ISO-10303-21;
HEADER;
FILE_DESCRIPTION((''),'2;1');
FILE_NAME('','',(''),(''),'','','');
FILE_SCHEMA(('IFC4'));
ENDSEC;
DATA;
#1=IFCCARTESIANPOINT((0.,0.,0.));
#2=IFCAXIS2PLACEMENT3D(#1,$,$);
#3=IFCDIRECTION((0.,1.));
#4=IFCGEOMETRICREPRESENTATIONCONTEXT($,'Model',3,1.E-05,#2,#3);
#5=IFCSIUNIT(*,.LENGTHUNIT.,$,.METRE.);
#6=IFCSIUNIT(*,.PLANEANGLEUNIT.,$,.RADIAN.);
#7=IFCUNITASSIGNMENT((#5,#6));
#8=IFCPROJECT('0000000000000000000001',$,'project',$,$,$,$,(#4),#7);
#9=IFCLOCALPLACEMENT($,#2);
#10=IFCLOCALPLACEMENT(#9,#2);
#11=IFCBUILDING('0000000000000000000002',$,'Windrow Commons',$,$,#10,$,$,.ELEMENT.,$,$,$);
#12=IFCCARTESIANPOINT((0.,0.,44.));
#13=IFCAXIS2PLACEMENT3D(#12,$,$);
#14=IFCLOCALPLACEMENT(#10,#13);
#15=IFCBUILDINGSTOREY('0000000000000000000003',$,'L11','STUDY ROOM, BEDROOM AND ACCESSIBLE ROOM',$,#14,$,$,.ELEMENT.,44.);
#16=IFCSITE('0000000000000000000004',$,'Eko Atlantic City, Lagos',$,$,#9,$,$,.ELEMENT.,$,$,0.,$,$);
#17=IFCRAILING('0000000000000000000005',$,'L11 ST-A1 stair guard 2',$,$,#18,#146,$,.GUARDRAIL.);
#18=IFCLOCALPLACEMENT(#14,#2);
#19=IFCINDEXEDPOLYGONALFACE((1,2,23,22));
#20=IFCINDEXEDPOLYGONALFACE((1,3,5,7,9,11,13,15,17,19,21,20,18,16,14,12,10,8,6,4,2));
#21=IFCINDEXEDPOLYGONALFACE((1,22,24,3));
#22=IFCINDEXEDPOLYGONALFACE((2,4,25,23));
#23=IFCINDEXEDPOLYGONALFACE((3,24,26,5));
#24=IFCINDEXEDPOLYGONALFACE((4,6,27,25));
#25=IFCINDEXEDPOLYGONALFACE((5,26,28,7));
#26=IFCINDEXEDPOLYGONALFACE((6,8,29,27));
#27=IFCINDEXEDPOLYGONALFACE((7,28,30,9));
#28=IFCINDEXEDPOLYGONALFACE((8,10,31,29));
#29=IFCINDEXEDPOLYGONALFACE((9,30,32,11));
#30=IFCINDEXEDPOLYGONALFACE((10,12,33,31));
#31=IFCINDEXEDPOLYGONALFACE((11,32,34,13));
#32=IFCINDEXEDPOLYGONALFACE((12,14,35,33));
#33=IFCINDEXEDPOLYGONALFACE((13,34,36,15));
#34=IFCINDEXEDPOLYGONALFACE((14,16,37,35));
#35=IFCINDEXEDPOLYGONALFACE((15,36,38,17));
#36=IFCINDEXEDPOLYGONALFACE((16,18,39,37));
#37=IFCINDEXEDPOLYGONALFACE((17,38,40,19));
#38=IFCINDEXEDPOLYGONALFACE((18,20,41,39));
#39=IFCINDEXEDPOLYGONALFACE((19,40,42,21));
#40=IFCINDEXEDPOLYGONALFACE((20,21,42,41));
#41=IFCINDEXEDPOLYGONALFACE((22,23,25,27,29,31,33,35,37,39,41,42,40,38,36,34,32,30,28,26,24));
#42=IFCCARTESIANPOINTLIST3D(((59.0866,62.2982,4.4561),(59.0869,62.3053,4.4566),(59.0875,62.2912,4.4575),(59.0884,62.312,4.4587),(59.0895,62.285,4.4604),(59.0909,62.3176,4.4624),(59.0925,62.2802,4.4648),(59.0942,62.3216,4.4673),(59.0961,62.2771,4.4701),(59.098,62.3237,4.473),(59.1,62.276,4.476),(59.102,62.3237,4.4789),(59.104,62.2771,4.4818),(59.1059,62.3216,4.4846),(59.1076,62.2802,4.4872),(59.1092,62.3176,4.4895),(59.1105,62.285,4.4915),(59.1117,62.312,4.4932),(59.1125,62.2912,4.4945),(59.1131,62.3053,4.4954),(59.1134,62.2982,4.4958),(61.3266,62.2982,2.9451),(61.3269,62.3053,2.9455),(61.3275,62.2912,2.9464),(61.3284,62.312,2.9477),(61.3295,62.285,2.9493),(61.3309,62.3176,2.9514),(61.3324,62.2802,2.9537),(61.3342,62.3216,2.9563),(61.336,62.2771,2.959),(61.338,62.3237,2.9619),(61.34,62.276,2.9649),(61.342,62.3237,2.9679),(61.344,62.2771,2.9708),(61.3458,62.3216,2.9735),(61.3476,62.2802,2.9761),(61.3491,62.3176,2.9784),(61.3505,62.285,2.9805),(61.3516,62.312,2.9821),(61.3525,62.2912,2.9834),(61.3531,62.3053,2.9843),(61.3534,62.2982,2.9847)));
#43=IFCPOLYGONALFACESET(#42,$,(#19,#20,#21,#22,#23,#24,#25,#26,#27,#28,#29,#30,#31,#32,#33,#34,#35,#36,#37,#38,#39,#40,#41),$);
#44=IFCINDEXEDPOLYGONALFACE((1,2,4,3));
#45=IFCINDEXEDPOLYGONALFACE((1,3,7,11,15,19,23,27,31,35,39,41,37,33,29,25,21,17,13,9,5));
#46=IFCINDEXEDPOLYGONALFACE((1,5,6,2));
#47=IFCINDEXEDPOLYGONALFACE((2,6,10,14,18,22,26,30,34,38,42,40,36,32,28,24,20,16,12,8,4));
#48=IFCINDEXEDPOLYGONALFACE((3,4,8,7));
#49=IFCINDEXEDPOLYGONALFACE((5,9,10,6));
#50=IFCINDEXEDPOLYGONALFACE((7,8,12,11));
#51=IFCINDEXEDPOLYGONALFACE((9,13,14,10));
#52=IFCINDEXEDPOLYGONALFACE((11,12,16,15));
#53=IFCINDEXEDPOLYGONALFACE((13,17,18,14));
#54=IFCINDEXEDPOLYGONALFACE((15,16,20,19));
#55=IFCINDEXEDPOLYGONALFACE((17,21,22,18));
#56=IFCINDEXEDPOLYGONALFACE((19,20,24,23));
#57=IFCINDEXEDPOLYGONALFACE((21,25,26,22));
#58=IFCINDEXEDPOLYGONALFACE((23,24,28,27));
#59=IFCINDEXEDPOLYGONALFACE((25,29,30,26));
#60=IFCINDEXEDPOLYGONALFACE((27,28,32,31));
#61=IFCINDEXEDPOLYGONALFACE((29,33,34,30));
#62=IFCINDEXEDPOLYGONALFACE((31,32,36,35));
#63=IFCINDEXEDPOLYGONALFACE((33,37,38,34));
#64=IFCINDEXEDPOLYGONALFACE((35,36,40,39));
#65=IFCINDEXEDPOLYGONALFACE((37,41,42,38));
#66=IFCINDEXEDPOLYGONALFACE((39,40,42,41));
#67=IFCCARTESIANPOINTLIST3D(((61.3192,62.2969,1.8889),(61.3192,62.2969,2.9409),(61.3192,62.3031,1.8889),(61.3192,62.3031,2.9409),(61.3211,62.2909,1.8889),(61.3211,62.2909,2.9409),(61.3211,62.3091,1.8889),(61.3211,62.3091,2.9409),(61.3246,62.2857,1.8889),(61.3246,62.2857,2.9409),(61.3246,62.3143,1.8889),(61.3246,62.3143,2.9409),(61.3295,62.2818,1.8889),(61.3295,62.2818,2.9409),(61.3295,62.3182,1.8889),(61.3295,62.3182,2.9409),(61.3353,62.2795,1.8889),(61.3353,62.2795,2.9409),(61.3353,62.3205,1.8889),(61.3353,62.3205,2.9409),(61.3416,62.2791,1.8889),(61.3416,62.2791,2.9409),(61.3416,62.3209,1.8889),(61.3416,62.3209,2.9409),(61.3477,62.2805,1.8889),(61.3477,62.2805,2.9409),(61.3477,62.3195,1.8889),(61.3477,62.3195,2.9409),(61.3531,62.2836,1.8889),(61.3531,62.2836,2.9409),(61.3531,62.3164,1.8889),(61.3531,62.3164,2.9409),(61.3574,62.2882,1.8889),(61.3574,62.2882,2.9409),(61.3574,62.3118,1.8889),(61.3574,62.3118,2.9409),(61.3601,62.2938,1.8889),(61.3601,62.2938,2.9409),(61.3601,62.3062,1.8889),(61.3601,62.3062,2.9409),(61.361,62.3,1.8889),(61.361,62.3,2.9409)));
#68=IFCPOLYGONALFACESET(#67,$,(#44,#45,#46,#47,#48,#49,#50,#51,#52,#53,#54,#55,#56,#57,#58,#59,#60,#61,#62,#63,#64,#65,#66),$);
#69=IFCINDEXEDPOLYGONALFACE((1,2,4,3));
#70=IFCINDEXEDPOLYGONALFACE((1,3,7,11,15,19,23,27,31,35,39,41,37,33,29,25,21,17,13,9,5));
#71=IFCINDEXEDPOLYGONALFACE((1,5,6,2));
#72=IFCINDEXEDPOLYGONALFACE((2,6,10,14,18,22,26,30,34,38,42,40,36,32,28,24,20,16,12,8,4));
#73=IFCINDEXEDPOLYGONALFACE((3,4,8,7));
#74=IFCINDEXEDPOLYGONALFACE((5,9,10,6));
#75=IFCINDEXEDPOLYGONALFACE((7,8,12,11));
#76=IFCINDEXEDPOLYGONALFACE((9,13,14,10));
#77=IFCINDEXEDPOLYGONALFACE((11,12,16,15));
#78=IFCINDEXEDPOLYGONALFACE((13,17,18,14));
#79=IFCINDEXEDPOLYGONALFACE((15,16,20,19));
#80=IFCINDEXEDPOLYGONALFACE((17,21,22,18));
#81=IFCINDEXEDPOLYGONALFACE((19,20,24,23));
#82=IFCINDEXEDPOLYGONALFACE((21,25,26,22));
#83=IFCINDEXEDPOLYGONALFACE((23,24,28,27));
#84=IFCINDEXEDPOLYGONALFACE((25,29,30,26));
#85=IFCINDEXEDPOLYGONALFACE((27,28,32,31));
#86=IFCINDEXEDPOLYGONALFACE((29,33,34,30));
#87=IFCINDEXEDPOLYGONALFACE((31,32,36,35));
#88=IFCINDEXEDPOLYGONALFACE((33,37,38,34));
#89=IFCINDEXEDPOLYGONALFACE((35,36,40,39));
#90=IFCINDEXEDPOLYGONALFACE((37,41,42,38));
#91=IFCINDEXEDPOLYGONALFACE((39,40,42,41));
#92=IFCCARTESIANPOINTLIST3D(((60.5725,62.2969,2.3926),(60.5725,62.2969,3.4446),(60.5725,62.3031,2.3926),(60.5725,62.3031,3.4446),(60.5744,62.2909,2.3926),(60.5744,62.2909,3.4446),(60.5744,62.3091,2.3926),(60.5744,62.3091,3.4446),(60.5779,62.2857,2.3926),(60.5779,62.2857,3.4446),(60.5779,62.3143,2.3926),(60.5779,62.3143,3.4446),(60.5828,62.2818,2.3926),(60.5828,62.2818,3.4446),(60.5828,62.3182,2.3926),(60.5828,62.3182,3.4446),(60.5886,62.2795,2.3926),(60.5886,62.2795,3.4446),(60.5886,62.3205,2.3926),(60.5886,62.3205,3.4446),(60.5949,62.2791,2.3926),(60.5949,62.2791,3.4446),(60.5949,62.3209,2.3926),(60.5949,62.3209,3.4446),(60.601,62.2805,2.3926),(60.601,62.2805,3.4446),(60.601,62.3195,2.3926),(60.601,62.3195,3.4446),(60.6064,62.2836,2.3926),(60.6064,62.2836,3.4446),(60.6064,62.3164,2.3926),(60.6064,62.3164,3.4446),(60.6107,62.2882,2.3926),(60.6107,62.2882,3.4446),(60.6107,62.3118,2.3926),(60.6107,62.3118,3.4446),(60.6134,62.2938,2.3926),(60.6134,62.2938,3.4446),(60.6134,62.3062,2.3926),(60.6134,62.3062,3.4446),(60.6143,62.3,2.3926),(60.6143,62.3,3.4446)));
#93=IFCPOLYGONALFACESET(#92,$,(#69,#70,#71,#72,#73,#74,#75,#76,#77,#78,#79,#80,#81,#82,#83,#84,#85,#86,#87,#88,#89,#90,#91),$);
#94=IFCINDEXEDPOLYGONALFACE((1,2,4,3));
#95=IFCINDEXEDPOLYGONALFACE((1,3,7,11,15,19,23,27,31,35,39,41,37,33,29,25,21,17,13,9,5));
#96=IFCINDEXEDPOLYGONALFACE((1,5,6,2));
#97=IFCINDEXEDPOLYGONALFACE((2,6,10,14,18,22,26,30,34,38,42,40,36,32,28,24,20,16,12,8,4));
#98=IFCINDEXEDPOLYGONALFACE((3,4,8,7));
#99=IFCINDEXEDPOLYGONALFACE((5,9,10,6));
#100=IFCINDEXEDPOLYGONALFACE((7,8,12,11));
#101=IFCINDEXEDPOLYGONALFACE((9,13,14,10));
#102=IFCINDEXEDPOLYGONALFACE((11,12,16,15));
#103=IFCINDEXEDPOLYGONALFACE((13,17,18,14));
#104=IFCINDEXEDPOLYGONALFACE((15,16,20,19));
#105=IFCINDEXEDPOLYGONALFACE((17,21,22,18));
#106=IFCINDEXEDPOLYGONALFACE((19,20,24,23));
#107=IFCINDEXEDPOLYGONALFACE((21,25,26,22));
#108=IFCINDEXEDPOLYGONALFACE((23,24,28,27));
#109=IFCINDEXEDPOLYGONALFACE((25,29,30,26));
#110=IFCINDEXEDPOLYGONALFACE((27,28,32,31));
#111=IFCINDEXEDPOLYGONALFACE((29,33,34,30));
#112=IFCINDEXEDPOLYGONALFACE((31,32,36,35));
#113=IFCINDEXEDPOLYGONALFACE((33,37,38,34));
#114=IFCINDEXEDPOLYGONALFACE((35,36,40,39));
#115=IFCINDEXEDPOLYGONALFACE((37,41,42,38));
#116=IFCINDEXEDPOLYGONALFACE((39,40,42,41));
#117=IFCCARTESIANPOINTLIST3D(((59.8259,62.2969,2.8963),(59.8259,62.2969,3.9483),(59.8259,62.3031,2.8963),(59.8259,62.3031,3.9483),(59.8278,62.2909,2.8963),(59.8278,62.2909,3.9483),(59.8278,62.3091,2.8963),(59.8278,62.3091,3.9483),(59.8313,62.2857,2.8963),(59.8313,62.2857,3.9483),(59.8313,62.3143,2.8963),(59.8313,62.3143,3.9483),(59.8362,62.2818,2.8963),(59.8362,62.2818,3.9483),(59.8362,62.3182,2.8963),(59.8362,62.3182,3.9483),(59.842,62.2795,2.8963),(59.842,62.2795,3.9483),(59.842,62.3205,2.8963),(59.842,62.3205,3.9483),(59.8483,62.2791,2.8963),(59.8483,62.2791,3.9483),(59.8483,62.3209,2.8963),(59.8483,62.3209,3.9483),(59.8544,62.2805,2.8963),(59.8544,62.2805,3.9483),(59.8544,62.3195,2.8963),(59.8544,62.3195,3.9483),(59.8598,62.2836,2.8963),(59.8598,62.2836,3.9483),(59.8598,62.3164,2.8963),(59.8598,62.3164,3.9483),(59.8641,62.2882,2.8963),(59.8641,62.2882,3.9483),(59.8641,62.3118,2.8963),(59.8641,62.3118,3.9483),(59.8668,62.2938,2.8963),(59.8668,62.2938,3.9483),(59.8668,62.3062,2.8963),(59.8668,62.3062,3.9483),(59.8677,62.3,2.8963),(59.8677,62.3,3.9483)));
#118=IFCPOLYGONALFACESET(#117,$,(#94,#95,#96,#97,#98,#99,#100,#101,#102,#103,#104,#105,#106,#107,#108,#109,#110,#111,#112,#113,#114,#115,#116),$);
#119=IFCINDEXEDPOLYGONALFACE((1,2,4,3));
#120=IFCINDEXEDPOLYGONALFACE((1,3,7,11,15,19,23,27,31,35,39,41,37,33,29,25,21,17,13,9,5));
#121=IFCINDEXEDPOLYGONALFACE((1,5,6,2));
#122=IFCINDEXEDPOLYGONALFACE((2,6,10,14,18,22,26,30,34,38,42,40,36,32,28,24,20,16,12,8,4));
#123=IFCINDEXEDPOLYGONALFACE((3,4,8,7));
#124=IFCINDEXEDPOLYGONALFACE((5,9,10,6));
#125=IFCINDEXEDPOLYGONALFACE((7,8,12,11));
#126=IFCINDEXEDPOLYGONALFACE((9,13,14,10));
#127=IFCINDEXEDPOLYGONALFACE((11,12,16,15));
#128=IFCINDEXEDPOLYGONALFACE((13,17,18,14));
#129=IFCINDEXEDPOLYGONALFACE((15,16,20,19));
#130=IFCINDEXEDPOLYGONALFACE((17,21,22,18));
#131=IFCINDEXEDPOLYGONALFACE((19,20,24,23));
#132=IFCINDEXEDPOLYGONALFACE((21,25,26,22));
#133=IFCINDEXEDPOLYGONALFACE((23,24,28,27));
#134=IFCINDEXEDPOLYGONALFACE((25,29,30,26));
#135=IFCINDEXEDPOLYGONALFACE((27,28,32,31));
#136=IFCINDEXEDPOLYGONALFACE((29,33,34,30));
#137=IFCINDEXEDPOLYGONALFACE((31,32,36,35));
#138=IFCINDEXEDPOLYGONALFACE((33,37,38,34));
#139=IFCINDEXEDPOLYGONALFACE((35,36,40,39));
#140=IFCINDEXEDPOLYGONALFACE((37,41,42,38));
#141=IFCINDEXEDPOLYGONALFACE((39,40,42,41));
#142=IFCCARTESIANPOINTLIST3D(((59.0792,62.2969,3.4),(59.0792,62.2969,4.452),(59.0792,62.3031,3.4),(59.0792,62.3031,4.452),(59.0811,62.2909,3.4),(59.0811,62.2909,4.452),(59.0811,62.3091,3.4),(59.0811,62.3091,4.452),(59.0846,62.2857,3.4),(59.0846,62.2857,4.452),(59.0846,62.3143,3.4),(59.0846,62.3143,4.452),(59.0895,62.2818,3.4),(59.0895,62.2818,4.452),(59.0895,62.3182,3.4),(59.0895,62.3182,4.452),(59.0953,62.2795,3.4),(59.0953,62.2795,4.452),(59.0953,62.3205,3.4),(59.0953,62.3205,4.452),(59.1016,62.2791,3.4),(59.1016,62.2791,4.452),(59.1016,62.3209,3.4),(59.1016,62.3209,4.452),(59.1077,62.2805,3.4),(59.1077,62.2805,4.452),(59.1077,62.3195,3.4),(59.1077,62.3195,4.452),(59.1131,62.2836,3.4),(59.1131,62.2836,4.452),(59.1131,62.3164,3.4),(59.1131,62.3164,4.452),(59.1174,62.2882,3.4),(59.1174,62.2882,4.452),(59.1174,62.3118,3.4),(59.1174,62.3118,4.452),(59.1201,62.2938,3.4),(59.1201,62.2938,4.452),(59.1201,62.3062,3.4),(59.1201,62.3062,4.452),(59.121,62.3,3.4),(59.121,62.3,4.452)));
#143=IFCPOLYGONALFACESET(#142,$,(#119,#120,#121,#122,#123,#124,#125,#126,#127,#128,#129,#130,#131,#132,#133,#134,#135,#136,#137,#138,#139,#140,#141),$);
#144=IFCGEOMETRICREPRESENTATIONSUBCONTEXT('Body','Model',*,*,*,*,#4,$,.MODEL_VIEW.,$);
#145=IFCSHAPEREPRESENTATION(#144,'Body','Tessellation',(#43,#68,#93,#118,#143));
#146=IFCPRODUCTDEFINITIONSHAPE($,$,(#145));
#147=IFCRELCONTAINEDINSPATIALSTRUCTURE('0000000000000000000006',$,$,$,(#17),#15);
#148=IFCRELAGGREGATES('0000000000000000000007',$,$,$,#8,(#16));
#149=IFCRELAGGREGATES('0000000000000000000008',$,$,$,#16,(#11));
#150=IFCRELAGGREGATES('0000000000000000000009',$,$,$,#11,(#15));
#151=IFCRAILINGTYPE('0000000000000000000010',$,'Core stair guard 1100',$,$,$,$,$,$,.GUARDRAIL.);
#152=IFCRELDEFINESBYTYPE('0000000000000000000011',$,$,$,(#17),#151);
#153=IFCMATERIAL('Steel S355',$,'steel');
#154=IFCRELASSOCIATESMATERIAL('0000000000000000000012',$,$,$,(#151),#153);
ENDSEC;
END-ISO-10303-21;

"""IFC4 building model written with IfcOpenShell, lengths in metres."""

from ifc_helpers import new_model, si_unit, direction, frame, origin, origin_2d, place, context, subcontext, project, spatial, circle, extrude, material, type_object, element, save


model = new_model("IFC4")

# Units and contexts
model_context = context("Model", 3, precision=1e-05, world=origin(), true_north=direction((0.0, 1.0)))
body_context = subcontext(model_context, "Body", "Model", "MODEL_VIEW")
ifc_project = project(units=[si_unit("LENGTHUNIT", "METRE"), si_unit("PLANEANGLEUNIT", "RADIAN")], contexts=[model_context])

# Site, building, storey
site_placement = place(None, origin())
site = spatial("IfcSite", under=ifc_project, at=site_placement, Name="Eko Atlantic City, Lagos", CompositionType="ELEMENT", RefElevation=0.0)
building_placement = place(site_placement, origin())
building = spatial("IfcBuilding", under=site, at=building_placement, Name="Windrow Commons", CompositionType="ELEMENT")
storey_placement = place(building_placement, frame((0.0, 0.0, 44.0)))
storey = spatial("IfcBuildingStorey", under=building, at=storey_placement, Name="L11", Description="STUDY ROOM, BEDROOM AND ACCESSIBLE ROOM", CompositionType="ELEMENT", Elevation=44.0)

# Railing
ifc_material_1 = material(Name="Steel S355", Category="steel")
railing_type_1 = type_object("IfcRailingType", Name="Core stair guard 1100", PredefinedType="GUARDRAIL", material=ifc_material_1)
railing_1_placement = place(storey_placement, frame((61.34, 62.3, 1.8889)))
element("IfcRailing", 1, at=railing_1_placement, inside=storey, type_object=railing_type_1, Name="L11 ST-A1 stair guard 2", PredefinedType="GUARDRAIL", context=body_context, shape_type="SweptSolid", body=[
    extrude(circle(Radius=0.024, at=origin_2d()), frame((0.0, 0.0, 1.076), z_axis=(-0.829003, 0.0, 0.559244), x_axis=(0.0, -1.0, 0.0)), (0.0, 0.0, 1.0), 2.702),
    extrude(circle(Radius=0.021, at=origin_2d()), origin(), (0.0, 0.0, 1.0), 1.052),
    extrude(circle(Radius=0.021, at=origin_2d()), frame((-0.7467, 0.0, 0.5037)), (0.0, 0.0, 1.0), 1.052),
    extrude(circle(Radius=0.021, at=origin_2d()), frame((-1.4933, 0.0, 1.0074)), (0.0, 0.0, 1.0), 1.052),
    extrude(circle(Radius=0.021, at=origin_2d()), frame((-2.24, 0.0, 1.5111)), (0.0, 0.0, 1.0), 1.052),
])

save(model, "model.ifc")
